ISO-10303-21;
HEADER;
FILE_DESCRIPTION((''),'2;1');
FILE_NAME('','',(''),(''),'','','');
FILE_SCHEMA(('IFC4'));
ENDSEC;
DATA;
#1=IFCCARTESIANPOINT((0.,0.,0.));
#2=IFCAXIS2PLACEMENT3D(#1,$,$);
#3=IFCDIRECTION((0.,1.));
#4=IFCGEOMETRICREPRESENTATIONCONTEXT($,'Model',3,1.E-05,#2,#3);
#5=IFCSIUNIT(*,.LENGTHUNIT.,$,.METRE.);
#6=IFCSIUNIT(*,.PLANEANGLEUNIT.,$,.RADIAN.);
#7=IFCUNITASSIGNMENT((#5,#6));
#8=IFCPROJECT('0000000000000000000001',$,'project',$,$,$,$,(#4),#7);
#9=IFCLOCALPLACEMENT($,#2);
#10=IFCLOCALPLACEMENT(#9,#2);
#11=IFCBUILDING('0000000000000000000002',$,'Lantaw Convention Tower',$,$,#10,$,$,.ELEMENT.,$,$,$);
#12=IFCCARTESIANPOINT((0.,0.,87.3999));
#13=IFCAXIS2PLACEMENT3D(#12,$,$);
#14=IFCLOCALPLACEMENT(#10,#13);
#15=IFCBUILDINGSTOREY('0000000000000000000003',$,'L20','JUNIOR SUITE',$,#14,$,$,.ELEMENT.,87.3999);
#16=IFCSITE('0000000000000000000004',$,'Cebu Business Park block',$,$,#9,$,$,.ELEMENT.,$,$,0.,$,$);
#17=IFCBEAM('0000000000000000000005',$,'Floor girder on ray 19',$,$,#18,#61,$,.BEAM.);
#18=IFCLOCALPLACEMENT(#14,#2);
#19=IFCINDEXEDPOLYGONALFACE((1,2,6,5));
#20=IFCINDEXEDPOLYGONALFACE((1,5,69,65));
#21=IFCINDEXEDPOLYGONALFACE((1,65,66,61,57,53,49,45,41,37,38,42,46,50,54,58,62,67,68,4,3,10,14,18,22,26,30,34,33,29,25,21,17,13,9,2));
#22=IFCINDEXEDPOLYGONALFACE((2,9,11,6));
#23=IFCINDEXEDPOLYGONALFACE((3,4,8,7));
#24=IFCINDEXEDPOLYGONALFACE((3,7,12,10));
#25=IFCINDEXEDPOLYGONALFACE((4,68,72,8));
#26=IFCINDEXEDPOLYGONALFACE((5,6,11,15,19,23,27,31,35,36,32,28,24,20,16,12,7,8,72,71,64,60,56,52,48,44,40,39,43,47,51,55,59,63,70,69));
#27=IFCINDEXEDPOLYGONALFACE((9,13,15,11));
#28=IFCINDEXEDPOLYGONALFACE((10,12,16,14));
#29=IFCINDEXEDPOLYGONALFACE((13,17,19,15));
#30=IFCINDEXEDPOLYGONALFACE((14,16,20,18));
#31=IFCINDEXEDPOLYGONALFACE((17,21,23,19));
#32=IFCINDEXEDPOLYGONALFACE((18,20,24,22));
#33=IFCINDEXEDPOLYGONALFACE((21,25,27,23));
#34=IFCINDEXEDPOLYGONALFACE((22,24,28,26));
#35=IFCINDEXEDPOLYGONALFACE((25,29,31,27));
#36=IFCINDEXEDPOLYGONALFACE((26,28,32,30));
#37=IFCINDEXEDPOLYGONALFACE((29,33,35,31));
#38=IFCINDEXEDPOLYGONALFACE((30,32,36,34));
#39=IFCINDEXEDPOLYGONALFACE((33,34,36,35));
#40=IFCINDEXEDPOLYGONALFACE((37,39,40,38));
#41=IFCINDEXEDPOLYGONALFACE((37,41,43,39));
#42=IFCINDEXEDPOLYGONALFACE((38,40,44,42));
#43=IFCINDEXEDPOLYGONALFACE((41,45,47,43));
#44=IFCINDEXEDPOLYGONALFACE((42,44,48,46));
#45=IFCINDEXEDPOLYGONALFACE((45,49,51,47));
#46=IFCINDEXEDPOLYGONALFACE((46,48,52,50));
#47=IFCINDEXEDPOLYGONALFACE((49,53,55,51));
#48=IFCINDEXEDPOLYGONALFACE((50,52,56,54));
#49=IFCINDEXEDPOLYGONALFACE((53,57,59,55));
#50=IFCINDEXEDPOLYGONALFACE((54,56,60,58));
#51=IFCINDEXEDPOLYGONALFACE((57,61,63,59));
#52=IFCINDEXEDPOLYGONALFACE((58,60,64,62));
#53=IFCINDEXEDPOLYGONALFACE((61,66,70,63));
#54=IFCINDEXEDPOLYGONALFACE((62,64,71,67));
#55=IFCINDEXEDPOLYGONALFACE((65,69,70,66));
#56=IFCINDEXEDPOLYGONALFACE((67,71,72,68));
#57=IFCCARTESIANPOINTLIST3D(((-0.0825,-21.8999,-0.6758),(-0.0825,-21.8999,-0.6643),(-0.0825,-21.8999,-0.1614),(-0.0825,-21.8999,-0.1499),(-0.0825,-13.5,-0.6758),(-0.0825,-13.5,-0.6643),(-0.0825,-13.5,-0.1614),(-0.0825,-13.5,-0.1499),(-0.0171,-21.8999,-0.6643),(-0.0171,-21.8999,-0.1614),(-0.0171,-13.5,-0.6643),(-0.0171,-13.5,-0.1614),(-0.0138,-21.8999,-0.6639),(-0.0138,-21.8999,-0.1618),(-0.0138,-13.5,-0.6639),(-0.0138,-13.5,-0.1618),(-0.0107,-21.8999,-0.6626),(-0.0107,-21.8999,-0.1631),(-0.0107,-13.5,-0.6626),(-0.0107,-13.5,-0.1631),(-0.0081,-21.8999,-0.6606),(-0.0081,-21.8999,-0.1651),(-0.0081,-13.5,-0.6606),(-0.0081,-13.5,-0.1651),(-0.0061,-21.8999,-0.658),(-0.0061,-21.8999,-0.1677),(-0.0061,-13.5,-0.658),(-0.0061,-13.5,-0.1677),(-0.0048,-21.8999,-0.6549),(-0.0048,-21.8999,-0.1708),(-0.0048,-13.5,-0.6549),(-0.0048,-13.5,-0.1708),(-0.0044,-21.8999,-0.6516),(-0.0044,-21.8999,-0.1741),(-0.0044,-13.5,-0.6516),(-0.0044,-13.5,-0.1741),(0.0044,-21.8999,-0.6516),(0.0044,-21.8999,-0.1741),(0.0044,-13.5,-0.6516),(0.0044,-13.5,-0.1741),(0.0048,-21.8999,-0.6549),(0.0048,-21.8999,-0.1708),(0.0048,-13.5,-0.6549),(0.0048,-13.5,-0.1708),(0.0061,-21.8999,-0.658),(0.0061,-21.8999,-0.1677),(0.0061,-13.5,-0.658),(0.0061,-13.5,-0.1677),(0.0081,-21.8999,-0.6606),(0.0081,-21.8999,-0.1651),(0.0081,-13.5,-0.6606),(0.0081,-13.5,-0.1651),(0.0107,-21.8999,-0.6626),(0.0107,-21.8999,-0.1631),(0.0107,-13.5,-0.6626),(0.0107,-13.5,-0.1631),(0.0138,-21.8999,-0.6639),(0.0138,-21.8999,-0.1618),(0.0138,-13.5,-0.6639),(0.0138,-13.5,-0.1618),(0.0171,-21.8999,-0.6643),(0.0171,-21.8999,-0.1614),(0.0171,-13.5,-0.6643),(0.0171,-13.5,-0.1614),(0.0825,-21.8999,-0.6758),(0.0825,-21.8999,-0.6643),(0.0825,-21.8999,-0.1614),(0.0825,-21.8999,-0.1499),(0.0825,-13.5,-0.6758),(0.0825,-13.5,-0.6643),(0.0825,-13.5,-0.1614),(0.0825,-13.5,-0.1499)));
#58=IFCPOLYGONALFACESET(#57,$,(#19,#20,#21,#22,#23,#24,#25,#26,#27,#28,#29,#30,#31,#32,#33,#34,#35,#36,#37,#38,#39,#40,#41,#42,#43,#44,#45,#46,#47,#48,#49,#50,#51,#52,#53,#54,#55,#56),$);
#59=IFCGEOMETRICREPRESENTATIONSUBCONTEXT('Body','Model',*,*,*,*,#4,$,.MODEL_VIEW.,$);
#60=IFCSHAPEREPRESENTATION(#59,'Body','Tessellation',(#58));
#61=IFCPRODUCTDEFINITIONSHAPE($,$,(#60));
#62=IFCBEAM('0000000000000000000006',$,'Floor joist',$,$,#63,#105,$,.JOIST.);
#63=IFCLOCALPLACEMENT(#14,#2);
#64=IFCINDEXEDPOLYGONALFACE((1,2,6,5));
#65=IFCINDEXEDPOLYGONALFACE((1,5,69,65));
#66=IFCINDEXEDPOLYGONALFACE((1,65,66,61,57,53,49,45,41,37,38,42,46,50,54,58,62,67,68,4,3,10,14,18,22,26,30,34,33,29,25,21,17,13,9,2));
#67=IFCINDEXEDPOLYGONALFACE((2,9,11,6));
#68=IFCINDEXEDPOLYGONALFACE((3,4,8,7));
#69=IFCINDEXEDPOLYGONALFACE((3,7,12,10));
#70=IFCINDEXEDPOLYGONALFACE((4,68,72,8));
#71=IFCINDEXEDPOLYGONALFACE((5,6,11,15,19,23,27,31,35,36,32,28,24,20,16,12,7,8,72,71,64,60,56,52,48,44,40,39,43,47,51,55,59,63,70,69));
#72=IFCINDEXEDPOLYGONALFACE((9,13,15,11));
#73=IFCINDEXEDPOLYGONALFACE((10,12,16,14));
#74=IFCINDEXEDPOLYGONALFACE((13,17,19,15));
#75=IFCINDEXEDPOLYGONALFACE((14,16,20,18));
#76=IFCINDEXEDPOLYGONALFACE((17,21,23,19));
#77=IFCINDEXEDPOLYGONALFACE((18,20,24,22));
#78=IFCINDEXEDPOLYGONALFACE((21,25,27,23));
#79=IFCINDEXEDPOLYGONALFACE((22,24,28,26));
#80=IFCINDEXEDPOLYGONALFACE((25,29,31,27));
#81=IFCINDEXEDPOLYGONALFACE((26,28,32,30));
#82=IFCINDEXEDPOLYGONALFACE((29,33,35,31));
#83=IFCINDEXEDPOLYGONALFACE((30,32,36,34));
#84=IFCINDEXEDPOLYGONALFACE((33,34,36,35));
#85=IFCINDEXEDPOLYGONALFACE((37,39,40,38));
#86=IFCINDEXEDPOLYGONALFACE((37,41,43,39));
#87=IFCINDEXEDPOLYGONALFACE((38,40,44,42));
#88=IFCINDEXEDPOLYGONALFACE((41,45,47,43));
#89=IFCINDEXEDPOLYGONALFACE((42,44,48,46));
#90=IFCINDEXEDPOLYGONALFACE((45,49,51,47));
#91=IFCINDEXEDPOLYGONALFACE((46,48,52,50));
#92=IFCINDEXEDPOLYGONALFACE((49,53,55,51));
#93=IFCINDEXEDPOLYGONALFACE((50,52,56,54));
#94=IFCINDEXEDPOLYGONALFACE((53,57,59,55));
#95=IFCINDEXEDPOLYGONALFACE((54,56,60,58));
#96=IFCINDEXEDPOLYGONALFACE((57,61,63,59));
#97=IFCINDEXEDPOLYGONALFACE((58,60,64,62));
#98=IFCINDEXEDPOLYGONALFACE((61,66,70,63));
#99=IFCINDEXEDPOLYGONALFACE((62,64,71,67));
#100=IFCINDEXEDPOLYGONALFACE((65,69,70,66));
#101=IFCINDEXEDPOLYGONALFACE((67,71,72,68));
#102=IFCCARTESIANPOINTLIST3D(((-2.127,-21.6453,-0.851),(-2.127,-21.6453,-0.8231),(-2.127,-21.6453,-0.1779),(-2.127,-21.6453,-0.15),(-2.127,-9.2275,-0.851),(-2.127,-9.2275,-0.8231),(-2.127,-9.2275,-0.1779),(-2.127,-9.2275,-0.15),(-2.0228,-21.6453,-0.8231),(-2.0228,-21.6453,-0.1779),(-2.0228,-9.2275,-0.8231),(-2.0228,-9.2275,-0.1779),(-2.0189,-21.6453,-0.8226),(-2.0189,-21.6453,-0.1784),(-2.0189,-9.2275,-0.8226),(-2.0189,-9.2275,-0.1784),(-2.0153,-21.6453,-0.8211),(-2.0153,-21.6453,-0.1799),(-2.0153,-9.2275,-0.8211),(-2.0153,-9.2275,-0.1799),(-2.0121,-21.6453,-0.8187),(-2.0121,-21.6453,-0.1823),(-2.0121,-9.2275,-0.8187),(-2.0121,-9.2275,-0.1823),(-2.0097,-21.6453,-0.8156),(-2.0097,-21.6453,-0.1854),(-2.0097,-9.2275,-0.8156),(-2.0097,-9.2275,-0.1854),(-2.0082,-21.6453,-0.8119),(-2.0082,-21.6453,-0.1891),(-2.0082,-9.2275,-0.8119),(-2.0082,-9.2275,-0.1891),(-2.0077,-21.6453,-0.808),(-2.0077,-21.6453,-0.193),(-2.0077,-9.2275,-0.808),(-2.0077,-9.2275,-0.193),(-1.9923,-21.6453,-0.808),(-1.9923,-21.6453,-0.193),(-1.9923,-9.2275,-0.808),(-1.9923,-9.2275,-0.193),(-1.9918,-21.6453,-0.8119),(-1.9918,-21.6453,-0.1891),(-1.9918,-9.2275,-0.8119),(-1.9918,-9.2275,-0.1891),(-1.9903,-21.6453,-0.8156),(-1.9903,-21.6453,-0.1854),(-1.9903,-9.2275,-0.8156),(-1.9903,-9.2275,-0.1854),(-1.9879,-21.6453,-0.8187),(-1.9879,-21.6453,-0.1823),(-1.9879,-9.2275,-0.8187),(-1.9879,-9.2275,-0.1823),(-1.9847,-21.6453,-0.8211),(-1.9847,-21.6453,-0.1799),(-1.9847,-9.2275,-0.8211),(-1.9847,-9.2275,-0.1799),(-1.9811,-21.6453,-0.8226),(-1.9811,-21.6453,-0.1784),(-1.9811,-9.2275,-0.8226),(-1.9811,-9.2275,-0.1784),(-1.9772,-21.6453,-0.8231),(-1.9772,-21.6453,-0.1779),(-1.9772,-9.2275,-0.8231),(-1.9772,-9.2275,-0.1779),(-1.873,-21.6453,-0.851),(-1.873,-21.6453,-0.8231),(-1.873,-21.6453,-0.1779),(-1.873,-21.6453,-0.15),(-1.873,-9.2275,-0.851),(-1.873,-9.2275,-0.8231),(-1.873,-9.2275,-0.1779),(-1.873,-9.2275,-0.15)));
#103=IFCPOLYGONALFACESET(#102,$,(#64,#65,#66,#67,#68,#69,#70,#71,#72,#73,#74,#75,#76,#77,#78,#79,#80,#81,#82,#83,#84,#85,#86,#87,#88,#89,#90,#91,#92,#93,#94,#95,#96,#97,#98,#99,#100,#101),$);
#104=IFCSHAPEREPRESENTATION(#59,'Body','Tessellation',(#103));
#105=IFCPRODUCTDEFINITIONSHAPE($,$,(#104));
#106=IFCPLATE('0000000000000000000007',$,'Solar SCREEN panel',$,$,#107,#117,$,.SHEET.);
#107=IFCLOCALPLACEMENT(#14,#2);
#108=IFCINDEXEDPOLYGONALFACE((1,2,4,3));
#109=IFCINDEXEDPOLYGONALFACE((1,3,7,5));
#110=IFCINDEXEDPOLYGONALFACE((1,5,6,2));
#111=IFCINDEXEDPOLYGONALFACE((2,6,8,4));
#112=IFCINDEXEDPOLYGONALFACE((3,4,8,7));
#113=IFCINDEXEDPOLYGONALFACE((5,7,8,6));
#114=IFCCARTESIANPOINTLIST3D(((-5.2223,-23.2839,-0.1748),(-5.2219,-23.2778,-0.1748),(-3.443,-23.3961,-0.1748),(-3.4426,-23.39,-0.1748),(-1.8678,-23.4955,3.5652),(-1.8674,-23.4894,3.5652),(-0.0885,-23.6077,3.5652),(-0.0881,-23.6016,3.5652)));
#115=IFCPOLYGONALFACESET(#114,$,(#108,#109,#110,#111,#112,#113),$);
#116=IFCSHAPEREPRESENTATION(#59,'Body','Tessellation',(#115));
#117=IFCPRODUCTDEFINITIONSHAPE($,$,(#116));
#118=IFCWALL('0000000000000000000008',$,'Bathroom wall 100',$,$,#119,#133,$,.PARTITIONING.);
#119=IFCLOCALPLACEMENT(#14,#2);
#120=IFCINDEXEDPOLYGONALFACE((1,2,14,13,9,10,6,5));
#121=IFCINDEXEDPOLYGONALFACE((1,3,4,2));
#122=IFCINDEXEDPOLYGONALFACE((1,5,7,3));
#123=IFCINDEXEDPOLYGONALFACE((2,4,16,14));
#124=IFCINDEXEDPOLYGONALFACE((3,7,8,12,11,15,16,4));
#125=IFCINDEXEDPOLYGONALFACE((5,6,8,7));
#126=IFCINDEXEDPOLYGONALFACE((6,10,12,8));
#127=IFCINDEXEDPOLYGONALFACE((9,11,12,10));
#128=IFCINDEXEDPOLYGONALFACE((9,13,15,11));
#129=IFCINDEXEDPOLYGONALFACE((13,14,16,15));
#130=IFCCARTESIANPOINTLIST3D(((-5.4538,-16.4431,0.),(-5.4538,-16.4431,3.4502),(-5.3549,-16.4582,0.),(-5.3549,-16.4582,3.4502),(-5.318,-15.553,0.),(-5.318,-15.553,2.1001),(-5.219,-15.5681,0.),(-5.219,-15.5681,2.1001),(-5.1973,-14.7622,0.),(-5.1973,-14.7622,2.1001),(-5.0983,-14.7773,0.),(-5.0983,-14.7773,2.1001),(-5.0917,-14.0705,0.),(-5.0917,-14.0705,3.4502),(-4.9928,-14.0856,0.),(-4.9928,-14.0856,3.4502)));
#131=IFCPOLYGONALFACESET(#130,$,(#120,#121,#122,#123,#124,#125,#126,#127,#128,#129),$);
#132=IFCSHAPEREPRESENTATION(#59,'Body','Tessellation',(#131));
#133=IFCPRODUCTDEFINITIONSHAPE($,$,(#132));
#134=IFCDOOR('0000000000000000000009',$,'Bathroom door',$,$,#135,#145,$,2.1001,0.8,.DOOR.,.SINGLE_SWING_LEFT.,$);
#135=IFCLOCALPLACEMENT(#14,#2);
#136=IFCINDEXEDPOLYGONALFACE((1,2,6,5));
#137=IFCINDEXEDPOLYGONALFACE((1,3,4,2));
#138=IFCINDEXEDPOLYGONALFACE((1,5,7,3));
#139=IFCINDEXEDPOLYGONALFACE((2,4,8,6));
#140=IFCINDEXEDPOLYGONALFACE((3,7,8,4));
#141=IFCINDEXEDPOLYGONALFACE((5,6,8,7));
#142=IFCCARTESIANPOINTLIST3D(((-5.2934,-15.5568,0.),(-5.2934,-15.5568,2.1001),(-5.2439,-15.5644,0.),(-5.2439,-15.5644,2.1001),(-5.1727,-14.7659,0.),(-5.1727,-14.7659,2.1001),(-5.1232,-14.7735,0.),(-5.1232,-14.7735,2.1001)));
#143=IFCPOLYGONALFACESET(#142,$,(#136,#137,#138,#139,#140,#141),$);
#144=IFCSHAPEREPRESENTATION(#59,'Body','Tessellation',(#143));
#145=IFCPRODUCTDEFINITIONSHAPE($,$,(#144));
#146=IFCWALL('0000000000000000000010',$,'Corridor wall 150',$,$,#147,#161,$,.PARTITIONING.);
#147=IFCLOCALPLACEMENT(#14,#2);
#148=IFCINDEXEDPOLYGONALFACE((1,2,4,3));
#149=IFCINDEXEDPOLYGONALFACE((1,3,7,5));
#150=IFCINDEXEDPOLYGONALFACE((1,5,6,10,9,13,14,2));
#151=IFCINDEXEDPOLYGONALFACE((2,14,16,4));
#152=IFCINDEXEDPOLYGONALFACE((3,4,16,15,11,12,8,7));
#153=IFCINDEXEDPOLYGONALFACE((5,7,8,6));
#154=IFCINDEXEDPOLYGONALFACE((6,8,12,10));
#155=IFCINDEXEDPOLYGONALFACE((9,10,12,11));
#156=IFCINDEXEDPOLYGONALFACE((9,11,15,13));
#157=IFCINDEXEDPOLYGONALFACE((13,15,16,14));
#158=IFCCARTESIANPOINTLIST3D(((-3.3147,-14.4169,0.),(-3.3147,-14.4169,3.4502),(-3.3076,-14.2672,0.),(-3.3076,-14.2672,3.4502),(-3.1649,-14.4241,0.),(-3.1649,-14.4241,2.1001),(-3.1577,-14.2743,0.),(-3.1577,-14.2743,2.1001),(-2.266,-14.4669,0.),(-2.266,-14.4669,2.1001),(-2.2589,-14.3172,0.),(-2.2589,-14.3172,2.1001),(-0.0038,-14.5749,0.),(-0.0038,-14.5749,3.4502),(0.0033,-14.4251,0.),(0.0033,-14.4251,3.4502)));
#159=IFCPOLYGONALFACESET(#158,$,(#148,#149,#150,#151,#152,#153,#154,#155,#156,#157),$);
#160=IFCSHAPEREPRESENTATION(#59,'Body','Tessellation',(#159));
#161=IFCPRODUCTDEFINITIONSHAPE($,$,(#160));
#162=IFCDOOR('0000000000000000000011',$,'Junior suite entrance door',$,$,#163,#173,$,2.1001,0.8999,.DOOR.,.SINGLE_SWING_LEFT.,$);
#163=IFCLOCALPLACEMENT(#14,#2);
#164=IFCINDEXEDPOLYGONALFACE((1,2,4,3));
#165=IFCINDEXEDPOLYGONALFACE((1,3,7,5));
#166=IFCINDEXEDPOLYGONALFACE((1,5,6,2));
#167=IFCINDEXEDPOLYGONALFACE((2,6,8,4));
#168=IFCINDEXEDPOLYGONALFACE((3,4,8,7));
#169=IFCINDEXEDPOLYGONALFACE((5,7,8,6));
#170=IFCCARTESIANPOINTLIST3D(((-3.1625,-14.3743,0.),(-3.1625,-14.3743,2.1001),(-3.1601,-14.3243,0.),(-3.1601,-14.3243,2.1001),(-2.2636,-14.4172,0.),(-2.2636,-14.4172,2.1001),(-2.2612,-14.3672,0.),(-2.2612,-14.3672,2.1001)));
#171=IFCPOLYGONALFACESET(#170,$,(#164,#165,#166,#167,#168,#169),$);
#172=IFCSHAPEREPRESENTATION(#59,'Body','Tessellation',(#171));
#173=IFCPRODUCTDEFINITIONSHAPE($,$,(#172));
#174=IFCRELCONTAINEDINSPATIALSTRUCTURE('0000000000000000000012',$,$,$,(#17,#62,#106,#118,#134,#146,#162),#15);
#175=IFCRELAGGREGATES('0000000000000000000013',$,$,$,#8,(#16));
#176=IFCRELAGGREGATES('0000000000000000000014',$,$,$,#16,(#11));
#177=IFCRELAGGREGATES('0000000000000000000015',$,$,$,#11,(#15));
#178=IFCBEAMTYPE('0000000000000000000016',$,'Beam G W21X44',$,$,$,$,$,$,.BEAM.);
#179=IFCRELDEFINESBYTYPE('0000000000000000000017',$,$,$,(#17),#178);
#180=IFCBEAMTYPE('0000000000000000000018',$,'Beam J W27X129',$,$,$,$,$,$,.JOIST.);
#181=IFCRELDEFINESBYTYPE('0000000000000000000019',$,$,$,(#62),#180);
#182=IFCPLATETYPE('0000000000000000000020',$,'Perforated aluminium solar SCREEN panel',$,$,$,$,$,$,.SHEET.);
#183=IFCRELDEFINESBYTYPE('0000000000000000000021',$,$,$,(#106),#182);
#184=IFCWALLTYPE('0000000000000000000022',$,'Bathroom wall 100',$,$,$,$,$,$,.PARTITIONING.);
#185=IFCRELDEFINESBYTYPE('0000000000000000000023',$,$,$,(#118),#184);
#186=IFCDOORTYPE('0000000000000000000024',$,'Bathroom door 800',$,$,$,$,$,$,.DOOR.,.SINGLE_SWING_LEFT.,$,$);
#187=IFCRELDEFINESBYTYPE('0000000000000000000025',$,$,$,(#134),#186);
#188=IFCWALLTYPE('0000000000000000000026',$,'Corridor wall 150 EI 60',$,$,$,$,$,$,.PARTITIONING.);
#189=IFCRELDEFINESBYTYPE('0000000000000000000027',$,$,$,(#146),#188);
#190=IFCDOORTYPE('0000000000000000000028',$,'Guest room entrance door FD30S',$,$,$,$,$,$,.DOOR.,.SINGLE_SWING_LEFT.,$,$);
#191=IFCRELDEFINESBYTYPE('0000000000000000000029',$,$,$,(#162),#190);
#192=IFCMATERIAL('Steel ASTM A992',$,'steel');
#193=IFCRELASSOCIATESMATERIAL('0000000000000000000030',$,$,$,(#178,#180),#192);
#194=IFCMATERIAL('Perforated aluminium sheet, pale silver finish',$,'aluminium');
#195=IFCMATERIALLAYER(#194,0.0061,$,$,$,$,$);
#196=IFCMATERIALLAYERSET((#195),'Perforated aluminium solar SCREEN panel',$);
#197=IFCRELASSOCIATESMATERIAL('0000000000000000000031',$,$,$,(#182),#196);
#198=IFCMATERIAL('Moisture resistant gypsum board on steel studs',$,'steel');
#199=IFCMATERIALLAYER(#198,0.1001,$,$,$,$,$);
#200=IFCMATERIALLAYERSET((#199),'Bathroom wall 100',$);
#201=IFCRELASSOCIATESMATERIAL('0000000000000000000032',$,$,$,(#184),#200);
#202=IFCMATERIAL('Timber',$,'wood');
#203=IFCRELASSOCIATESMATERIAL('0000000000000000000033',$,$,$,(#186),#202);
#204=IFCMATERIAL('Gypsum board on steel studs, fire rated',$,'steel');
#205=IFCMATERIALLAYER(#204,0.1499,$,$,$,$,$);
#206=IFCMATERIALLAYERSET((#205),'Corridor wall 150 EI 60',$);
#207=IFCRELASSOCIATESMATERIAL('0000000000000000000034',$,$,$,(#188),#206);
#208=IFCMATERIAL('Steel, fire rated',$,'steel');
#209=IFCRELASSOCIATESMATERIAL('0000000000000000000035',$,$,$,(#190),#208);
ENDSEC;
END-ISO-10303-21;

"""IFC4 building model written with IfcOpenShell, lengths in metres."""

from ifc_helpers import new_model, si_unit, direction, frame, frame_2d, origin, origin_2d, place, context, subcontext, project, spatial, polyline, rectangle, i_section, outline, extrude, material, layer, layer_set, material_profile, profile_set, type_object, element, fill, save


model = new_model("IFC4")

# Units and contexts
model_context = context("Model", 3, precision=1e-05, world=origin(), true_north=direction((0.0, 1.0)))
body_context = subcontext(model_context, "Body", "Model", "MODEL_VIEW")
ifc_project = project(units=[si_unit("LENGTHUNIT", "METRE"), si_unit("PLANEANGLEUNIT", "RADIAN")], contexts=[model_context])

# Site, building, storey
site_placement = place(None, origin())
site = spatial("IfcSite", under=ifc_project, at=site_placement, Name="Cebu Business Park block", CompositionType="ELEMENT", RefElevation=0.0)
building_placement = place(site_placement, origin())
building = spatial("IfcBuilding", under=site, at=building_placement, Name="Lantaw Convention Tower", CompositionType="ELEMENT")
storey_placement = place(building_placement, frame((0.0, 0.0, 87.3999)))
storey = spatial("IfcBuildingStorey", under=building, at=storey_placement, Name="L20", Description="JUNIOR SUITE", CompositionType="ELEMENT", Elevation=87.3999)

# Beams
ifc_material_1 = material(Name="Steel ASTM A992", Category="steel")
ifc_material_profile_1 = material_profile(ifc_material_1, i_section(OverallWidth=0.165, OverallDepth=0.5259, WebThickness=0.0088, FlangeThickness=0.0115, FilletRadius=0.0127, at=origin_2d()), Name="W21X44")
ifc_profile_set_1 = profile_set([ifc_material_profile_1], Name="Steel ASTM A992")
beam_type_1 = type_object("IfcBeamType", Name="Beam G W21X44", PredefinedType="BEAM", material=ifc_profile_set_1)
beam_1_placement = place(storey_placement, frame((0.0, -13.5, -0.4128), z_axis=(0.0, -1.0, 0.0), x_axis=(1.0, 0.0, 0.0)))
element("IfcBeam", 1, at=beam_1_placement, inside=storey, type_object=beam_type_1, Name="Floor girder on ray 19", PredefinedType="BEAM", context=body_context, shape_type="SweptSolid", body=[
    extrude(i_section(OverallWidth=0.165, OverallDepth=0.5259, WebThickness=0.0088, FlangeThickness=0.0115, FilletRadius=0.0127, at=origin_2d()), origin(), (0.0, 0.0, 1.0), 8.3999),
])
ifc_material_profile_2 = material_profile(ifc_material_1, i_section(OverallWidth=0.2539, OverallDepth=0.7009, WebThickness=0.0154, FlangeThickness=0.0278, FilletRadius=0.0151, at=origin_2d()), Name="W27X129")
ifc_profile_set_2 = profile_set([ifc_material_profile_2], Name="Steel ASTM A992")
beam_type_2 = type_object("IfcBeamType", Name="Beam J W27X129", PredefinedType="JOIST", material=ifc_profile_set_2)
beam_2_placement = place(storey_placement, frame((-2.0, -21.6453, -0.5005), z_axis=(0.0, 1.0, 0.0), x_axis=(-1.0, 0.0, 0.0)))
element("IfcBeam", 2, at=beam_2_placement, inside=storey, type_object=beam_type_2, Name="Floor joist", PredefinedType="JOIST", context=body_context, shape_type="SweptSolid", body=[
    extrude(i_section(OverallWidth=0.2539, OverallDepth=0.7009, WebThickness=0.0154, FlangeThickness=0.0278, FilletRadius=0.0151, at=origin_2d()), origin(), (0.0, 0.0, 1.0), 12.4177),
])

# Plate
ifc_material_2 = material(Name="Perforated aluminium sheet, pale silver finish", Category="aluminium")
ifc_layer_1 = layer(ifc_material_2, 0.0061)
ifc_layer_set_1 = layer_set([ifc_layer_1], Name="Perforated aluminium solar SCREEN panel")
plate_type = type_object("IfcPlateType", Name="Perforated aluminium solar SCREEN panel", PredefinedType="SHEET", material=ifc_layer_set_1)
plate_placement = place(storey_placement, frame((-5.2219, -23.2778, -0.1748), z_axis=(0.062924, 0.998018, 0.000014), x_axis=(0.998018, -0.062924, 0.0)))
element("IfcPlate", 3, at=plate_placement, inside=storey, type_object=plate_type, Name="Solar SCREEN panel", PredefinedType="SHEET", context=body_context, shape_type="SweptSolid", body=[
    extrude(outline(polyline([(0.0, 0.0), (1.7828, 0.0), (5.144, -3.74), (3.3612, -3.74), (0.0, 0.0)])), origin(), (0.0, 0.0, -1.0), 0.0061),
])

# Walls, openings, doors
ifc_material_3 = material(Name="Moisture resistant gypsum board on steel studs", Category="steel")
ifc_layer_2 = layer(ifc_material_3, 0.1001)
ifc_layer_set_2 = layer_set([ifc_layer_2], Name="Bathroom wall 100")
wall_type_1 = type_object("IfcWallType", Name="Bathroom wall 100", PredefinedType="PARTITIONING", material=ifc_layer_set_2)
wall_1_placement = place(storey_placement, frame((-5.0422, -14.0779, 0.0), z_axis=(0.0, 0.0, 1.0), x_axis=(-0.150857, -0.988556, 0.0)))
wall_1 = element("IfcWall", 4, at=wall_1_placement, inside=storey, type_object=wall_type_1, Name="Bathroom wall 100", PredefinedType="PARTITIONING", context=body_context, shape_type="SweptSolid", body=[
    extrude(rectangle(XDim=2.4001, YDim=0.1001, at=frame_2d((1.2002, 0.0))), origin(), (0.0, 0.0, 1.0), 3.4502),
])
opening_1_placement = place(wall_1_placement, frame((0.7, 0.0, 0.0)))
opening_1 = element("IfcOpeningElement", 5, at=opening_1_placement, cuts=wall_1, PredefinedType="OPENING", context=body_context, shape_type="SweptSolid", body=[
    extrude(rectangle(XDim=0.8, YDim=2.1001, at=frame_2d((0.3999, 1.05))), frame((0.0, 0.0601, 0.0), z_axis=(0.0, -1.0, 0.0), x_axis=(1.0, 0.0, 0.0)), (0.0, 0.0, 1.0), 0.1201),
])
ifc_material_4 = material(Name="Timber", Category="wood")
door_type_1 = type_object("IfcDoorType", Name="Bathroom door 800", OperationType="SINGLE_SWING_LEFT", PredefinedType="DOOR", material=ifc_material_4)
door_1_placement = place(opening_1_placement, origin())
door_1 = element("IfcDoor", 6, at=door_1_placement, inside=storey, type_object=door_type_1, Name="Bathroom door", OperationType="SINGLE_SWING_LEFT", OverallHeight=2.1001, OverallWidth=0.8, PredefinedType="DOOR", context=body_context, shape_type="SweptSolid", body=[
    extrude(rectangle(XDim=0.8, YDim=2.1001, at=frame_2d((0.3999, 1.05))), frame((0.0, 0.0249, 0.0), z_axis=(0.0, -1.0, 0.0), x_axis=(1.0, 0.0, 0.0)), (0.0, 0.0, 1.0), 0.05),
])
fill(opening_1, door_1)
ifc_material_5 = material(Name="Gypsum board on steel studs, fire rated", Category="steel")
ifc_layer_3 = layer(ifc_material_5, 0.1499)
ifc_layer_set_3 = layer_set([ifc_layer_3], Name="Corridor wall 150 EI 60")
wall_type_2 = type_object("IfcWallType", Name="Corridor wall 150 EI 60", PredefinedType="PARTITIONING", material=ifc_layer_set_3)
wall_2_placement = place(storey_placement, frame((-3.311, -14.342, 0.0), z_axis=(0.0, 0.0, 1.0), x_axis=(0.998864, -0.047653, 0.0)))
wall_2 = element("IfcWall", 7, at=wall_2_placement, inside=storey, type_object=wall_type_2, Name="Corridor wall 150", PredefinedType="PARTITIONING", context=body_context, shape_type="SweptSolid", body=[
    extrude(rectangle(XDim=3.3147, YDim=0.1499, at=frame_2d((1.6572, 0.0))), origin(), (0.0, 0.0, 1.0), 3.4502),
])
opening_2_placement = place(wall_2_placement, frame((0.1499, 0.0, 0.0)))
opening_2 = element("IfcOpeningElement", 8, at=opening_2_placement, cuts=wall_2, PredefinedType="OPENING", context=body_context, shape_type="SweptSolid", body=[
    extrude(rectangle(XDim=0.8999, YDim=2.1001, at=frame_2d((0.45, 1.05))), frame((0.0, 0.085, 0.0), z_axis=(0.0, -1.0, 0.0), x_axis=(1.0, 0.0, 0.0)), (0.0, 0.0, 1.0), 0.1699),
])
ifc_material_6 = material(Name="Steel, fire rated", Category="steel")
door_type_2 = type_object("IfcDoorType", Name="Guest room entrance door FD30S", OperationType="SINGLE_SWING_LEFT", PredefinedType="DOOR", material=ifc_material_6)
door_2_placement = place(opening_2_placement, origin())
door_2 = element("IfcDoor", 9, at=door_2_placement, inside=storey, type_object=door_type_2, Name="Junior suite entrance door", OperationType="SINGLE_SWING_LEFT", OverallHeight=2.1001, OverallWidth=0.8999, PredefinedType="DOOR", context=body_context, shape_type="SweptSolid", body=[
    extrude(rectangle(XDim=0.8999, YDim=2.1001, at=frame_2d((0.45, 1.05))), frame((0.0, 0.0249, 0.0), z_axis=(0.0, -1.0, 0.0), x_axis=(1.0, 0.0, 0.0)), (0.0, 0.0, 1.0), 0.05),
])
fill(opening_2, door_2)

save(model, "model.ifc")
